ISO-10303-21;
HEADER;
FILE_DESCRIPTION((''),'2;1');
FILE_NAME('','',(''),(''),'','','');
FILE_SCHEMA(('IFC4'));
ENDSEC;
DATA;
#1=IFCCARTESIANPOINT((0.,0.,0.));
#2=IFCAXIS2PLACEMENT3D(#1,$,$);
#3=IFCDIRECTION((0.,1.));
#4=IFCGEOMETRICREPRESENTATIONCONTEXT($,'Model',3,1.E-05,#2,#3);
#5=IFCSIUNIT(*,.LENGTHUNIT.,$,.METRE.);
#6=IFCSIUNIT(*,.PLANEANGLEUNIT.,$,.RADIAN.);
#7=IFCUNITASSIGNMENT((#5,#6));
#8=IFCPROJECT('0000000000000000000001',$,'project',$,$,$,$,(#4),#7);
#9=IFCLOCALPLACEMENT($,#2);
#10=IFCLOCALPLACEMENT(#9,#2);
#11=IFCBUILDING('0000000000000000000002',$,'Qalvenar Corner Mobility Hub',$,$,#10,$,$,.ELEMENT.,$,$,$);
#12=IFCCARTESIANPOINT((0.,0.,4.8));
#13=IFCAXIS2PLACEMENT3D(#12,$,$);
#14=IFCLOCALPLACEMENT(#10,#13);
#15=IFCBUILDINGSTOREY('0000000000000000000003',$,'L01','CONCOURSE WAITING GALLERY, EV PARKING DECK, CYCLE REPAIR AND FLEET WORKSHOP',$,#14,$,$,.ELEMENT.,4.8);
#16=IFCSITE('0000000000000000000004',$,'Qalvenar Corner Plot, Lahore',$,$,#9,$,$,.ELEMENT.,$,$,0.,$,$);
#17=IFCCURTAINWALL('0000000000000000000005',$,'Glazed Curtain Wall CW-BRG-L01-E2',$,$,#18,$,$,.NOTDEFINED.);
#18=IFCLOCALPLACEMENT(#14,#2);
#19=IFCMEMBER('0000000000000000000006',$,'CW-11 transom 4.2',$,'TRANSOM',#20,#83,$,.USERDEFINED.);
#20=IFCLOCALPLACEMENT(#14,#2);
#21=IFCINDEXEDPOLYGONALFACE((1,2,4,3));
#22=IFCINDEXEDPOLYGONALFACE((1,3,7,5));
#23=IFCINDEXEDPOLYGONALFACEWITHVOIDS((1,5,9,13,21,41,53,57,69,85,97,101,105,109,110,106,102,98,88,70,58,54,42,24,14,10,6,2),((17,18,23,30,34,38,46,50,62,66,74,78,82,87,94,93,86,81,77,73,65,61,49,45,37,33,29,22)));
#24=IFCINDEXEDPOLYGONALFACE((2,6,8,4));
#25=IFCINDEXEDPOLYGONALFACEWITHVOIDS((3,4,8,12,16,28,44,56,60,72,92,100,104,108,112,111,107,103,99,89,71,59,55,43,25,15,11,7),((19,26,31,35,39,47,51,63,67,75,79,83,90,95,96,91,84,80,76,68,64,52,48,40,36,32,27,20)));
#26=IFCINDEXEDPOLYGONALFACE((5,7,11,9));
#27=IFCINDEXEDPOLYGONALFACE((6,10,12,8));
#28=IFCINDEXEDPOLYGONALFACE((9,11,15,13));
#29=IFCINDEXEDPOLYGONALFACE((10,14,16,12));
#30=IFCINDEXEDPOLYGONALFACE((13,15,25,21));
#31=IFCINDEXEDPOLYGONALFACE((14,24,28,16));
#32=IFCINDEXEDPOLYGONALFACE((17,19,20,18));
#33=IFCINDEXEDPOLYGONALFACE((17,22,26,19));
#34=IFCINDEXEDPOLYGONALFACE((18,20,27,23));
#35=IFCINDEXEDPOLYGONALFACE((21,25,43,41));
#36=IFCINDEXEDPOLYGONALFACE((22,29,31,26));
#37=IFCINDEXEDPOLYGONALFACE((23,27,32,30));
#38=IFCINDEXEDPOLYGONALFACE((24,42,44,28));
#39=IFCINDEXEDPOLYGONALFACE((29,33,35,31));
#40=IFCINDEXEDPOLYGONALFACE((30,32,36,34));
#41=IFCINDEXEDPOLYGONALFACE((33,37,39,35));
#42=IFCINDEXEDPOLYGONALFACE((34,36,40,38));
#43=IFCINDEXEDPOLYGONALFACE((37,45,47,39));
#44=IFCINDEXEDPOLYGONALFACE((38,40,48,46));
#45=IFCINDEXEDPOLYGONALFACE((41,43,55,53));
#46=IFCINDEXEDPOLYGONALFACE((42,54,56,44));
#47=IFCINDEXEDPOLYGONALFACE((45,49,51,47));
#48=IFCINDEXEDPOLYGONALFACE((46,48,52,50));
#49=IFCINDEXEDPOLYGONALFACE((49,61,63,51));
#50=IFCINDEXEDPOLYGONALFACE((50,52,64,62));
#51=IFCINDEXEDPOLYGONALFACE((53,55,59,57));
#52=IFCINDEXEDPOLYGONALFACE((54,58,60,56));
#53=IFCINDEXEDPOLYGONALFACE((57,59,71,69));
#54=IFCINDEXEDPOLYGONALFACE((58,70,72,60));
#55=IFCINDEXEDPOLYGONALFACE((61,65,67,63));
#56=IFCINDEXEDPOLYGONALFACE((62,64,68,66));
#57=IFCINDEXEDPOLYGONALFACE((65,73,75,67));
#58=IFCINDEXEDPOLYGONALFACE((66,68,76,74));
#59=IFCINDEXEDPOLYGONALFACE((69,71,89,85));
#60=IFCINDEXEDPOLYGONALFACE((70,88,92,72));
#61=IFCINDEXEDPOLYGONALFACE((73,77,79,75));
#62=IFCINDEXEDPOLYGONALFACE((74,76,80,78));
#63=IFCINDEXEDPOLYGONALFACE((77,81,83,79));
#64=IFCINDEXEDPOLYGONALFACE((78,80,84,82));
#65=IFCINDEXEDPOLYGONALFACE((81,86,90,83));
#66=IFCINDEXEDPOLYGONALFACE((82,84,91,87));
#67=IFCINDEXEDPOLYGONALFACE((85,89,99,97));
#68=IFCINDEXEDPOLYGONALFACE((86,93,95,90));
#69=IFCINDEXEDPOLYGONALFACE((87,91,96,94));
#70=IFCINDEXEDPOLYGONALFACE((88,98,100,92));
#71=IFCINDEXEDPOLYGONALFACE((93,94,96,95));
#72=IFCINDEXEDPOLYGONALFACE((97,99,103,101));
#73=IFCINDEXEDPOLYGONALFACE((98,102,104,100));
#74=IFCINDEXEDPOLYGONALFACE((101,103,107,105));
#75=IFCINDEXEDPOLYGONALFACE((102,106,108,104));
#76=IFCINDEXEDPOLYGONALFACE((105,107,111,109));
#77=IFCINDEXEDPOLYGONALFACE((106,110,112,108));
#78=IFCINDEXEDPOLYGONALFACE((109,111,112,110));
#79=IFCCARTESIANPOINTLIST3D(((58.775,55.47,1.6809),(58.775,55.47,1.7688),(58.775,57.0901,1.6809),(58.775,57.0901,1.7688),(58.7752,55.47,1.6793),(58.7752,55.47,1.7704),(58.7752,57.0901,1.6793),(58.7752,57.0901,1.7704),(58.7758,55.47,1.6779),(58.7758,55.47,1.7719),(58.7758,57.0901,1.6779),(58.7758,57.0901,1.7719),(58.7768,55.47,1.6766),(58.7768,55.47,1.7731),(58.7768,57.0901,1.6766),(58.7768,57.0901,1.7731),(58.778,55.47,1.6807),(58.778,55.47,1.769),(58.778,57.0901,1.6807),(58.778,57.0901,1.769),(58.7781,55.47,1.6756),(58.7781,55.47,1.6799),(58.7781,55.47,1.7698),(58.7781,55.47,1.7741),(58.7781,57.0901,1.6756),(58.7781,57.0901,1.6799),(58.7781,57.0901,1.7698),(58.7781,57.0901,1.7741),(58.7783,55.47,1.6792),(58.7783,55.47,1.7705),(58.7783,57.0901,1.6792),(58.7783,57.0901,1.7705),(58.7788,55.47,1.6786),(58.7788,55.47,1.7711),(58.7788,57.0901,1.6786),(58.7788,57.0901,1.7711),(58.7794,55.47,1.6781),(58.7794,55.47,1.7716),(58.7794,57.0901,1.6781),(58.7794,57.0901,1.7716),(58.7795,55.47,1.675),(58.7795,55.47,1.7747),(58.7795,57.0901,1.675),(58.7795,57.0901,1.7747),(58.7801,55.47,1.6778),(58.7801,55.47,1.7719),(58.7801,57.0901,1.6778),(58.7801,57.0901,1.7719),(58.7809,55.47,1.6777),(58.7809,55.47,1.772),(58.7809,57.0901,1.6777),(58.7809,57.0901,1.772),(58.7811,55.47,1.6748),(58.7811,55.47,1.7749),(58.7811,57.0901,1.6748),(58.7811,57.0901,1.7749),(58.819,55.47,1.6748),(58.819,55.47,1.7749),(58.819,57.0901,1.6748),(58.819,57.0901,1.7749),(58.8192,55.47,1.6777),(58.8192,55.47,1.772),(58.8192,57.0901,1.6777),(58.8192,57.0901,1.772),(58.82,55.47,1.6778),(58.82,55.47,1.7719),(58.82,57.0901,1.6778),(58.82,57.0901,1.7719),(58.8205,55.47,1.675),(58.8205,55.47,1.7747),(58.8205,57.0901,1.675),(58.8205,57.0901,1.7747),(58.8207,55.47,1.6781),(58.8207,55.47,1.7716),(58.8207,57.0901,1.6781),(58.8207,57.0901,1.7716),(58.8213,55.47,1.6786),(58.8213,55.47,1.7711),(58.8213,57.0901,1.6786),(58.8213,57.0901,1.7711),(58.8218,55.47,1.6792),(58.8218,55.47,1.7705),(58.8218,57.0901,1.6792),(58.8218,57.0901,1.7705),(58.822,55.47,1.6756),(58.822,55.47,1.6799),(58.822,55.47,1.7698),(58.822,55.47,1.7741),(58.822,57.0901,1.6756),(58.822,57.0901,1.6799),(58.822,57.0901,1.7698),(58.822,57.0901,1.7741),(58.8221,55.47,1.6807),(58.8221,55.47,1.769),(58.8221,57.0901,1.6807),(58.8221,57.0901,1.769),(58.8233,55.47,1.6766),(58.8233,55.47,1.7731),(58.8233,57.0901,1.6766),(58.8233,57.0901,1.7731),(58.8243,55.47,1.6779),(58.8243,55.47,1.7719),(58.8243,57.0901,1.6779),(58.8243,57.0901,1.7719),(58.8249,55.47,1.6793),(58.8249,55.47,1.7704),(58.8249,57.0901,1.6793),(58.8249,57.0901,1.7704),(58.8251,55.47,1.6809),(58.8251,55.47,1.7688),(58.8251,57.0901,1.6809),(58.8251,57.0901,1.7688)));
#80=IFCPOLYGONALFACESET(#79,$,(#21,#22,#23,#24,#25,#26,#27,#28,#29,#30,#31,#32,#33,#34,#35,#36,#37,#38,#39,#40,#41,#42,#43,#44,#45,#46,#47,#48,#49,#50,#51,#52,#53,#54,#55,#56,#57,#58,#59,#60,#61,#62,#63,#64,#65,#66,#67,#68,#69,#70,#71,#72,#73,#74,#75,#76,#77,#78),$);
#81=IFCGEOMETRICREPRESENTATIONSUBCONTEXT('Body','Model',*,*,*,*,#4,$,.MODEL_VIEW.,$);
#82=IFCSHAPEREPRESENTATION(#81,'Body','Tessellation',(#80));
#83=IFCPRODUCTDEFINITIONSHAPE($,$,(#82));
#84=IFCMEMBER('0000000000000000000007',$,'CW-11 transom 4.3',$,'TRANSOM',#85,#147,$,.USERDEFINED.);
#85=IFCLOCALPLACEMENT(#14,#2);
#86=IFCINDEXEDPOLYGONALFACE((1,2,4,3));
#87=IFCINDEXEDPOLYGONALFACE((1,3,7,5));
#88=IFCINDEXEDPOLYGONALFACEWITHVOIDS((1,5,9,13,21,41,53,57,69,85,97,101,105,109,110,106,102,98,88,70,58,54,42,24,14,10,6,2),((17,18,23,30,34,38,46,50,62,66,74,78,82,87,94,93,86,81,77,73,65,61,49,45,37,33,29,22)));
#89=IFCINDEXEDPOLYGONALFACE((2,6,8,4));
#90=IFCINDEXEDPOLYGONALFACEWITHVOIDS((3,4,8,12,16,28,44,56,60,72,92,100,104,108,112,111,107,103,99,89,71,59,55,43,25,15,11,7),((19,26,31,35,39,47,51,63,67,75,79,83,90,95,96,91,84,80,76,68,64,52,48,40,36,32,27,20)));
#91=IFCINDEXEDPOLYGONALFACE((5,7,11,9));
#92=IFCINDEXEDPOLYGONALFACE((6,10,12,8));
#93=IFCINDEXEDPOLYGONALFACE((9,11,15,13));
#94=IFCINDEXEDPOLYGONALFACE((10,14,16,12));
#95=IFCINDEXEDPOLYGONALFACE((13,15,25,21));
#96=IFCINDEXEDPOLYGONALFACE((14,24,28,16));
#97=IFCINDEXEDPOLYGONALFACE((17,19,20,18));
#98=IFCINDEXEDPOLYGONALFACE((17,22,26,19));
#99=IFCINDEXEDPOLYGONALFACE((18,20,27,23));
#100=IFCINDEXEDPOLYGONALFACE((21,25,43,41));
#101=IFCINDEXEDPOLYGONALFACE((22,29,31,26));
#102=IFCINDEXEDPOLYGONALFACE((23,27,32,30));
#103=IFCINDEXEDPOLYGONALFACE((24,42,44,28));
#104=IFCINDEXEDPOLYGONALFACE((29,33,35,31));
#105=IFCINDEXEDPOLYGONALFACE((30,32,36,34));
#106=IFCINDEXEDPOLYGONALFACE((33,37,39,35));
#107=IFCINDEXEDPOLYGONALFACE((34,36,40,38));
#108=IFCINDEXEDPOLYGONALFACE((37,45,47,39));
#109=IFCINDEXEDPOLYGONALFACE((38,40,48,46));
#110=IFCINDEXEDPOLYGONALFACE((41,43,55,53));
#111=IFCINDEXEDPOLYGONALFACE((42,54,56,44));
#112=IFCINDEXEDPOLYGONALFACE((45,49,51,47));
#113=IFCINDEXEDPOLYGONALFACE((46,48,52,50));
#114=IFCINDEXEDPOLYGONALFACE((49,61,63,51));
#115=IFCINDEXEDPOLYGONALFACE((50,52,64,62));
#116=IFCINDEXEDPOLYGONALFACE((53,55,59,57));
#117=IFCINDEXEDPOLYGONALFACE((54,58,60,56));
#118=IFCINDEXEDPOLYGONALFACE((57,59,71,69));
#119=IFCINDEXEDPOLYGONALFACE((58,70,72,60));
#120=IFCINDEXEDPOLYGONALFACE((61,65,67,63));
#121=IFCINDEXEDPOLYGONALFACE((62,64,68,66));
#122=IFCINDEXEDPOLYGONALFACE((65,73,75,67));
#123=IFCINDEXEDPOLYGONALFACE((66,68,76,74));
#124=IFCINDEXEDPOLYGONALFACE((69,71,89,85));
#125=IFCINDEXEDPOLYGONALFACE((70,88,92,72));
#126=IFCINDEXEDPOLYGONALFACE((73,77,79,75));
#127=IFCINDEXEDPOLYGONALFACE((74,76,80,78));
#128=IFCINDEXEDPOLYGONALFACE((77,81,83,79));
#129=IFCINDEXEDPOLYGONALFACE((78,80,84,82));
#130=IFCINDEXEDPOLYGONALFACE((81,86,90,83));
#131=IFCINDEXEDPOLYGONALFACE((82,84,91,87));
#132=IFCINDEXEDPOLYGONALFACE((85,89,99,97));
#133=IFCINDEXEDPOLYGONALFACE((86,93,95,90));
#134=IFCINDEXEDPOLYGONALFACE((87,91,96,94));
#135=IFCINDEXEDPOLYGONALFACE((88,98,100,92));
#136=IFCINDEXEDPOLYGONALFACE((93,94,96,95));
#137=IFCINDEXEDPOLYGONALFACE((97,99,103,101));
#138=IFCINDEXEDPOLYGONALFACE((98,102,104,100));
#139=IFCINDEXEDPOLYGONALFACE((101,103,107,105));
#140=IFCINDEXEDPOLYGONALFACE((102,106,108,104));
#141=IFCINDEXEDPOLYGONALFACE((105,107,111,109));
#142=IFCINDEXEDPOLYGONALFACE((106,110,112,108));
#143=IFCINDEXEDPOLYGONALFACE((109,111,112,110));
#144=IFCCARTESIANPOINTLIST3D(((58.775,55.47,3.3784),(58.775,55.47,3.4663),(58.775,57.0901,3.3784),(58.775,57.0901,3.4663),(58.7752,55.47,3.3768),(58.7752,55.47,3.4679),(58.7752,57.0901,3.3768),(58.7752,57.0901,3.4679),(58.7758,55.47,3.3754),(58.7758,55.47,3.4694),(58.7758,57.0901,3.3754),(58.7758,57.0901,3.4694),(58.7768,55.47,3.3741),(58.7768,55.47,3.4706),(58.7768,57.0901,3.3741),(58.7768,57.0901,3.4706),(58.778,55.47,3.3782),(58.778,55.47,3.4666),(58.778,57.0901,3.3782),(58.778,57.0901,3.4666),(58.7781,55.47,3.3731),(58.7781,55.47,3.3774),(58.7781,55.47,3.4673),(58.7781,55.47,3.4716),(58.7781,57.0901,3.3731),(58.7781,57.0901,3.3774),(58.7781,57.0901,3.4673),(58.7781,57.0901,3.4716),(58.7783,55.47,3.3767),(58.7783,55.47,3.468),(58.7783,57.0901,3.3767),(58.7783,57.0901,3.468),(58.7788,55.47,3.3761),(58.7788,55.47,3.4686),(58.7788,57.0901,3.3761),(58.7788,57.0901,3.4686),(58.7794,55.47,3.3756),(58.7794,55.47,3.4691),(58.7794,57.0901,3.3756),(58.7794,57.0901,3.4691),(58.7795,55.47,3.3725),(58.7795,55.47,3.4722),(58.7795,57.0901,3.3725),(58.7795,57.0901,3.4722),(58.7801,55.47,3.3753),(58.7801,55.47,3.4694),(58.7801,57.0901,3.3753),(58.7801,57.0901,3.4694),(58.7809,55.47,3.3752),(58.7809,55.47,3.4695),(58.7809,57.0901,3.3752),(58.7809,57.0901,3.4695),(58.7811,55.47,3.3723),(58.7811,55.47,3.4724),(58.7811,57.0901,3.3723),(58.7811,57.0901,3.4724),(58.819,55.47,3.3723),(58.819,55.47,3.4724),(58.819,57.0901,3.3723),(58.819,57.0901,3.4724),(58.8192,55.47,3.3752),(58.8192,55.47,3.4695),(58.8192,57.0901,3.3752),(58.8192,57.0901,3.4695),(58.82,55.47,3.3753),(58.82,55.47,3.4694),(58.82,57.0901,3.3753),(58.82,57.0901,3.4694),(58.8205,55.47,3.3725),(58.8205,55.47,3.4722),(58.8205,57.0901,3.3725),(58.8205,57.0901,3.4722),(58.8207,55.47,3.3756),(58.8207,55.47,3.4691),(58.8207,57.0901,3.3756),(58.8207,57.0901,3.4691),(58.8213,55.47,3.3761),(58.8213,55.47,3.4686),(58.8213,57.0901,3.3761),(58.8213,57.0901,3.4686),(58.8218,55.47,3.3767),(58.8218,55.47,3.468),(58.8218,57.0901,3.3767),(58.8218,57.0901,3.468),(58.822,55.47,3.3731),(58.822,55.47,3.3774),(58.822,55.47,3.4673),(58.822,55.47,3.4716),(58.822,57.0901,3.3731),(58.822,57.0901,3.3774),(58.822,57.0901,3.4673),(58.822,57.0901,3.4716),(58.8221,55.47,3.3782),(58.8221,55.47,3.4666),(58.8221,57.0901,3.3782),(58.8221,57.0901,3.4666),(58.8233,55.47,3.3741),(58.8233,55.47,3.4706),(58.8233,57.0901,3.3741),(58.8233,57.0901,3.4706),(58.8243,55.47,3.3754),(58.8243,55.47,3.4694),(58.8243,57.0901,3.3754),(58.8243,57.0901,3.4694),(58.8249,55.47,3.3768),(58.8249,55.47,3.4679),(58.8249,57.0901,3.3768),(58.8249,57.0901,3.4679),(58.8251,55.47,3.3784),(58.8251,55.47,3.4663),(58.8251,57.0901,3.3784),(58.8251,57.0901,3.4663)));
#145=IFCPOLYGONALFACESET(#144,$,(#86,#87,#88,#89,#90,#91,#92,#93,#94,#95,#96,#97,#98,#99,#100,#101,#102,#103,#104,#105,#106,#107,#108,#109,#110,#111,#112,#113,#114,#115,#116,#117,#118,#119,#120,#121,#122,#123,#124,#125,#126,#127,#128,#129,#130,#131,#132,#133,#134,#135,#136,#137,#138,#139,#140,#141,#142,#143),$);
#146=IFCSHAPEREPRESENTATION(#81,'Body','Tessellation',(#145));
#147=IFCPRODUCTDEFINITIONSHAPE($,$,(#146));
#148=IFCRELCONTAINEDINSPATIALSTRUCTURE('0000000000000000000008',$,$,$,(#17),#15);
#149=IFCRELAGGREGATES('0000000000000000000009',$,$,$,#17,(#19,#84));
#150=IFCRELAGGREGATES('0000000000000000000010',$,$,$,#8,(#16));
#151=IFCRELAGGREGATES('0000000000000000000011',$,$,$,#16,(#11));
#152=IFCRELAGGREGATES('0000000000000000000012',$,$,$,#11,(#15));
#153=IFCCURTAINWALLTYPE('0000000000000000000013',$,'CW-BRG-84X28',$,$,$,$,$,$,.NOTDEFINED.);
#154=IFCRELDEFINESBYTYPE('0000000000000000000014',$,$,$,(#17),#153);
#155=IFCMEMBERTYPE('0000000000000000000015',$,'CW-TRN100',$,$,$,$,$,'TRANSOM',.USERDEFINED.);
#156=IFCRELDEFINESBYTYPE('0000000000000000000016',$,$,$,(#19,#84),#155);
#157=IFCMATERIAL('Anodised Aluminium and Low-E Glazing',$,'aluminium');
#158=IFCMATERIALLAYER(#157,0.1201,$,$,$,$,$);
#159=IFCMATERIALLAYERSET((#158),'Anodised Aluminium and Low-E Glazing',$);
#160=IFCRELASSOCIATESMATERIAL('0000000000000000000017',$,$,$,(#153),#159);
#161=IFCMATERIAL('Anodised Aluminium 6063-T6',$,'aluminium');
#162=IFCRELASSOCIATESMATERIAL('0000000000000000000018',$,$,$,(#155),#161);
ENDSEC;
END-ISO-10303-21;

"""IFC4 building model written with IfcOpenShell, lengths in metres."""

from ifc_helpers import new_model, si_unit, direction, frame, origin, origin_2d, place, context, subcontext, project, spatial, hollow_rectangle, extrude, material, layer, layer_set, material_profile, profile_set, type_object, element, aggregate, save


model = new_model("IFC4")

# Units and contexts
model_context = context("Model", 3, precision=1e-05, world=origin(), true_north=direction((0.0, 1.0)))
body_context = subcontext(model_context, "Body", "Model", "MODEL_VIEW")
ifc_project = project(units=[si_unit("LENGTHUNIT", "METRE"), si_unit("PLANEANGLEUNIT", "RADIAN")], contexts=[model_context])

# Site, building, storey
site_placement = place(None, origin())
site = spatial("IfcSite", under=ifc_project, at=site_placement, Name="Qalvenar Corner Plot, Lahore", CompositionType="ELEMENT", RefElevation=0.0)
building_placement = place(site_placement, origin())
building = spatial("IfcBuilding", under=site, at=building_placement, Name="Qalvenar Corner Mobility Hub", CompositionType="ELEMENT")
storey_placement = place(building_placement, frame((0.0, 0.0, 4.8)))
storey = spatial("IfcBuildingStorey", under=building, at=storey_placement, Name="L01", Description="CONCOURSE WAITING GALLERY, EV PARKING DECK, CYCLE REPAIR AND FLEET WORKSHOP", CompositionType="ELEMENT", Elevation=4.8)

# Curtain wall, members
ifc_material_1 = material(Name="Anodised Aluminium and Low-E Glazing", Category="aluminium")
ifc_layer_1 = layer(ifc_material_1, 0.1201)
ifc_layer_set_1 = layer_set([ifc_layer_1], Name="Anodised Aluminium and Low-E Glazing")
curtain_wall_type = type_object("IfcCurtainWallType", Name="CW-BRG-84X28", PredefinedType="NOTDEFINED", material=ifc_layer_set_1)
curtain_wall_placement = place(storey_placement, origin())
curtain_wall = element("IfcCurtainWall", 1, at=curtain_wall_placement, inside=storey, type_object=curtain_wall_type, Name="Glazed Curtain Wall CW-BRG-L01-E2", PredefinedType="NOTDEFINED")
ifc_material_2 = material(Name="Anodised Aluminium 6063-T6", Category="aluminium")
ifc_material_profile_1 = material_profile(ifc_material_2, hollow_rectangle(XDim=0.05, YDim=0.1001, WallThickness=0.0029, InnerFilletRadius=0.0029, OuterFilletRadius=0.0061, at=origin_2d()), Name="RHS100x50x3")
ifc_profile_set_1 = profile_set([ifc_material_profile_1], Name="Anodised Aluminium 6063-T6")
member_type_1 = type_object("IfcMemberType", Name="CW-TRN100", ElementType="TRANSOM", PredefinedType="USERDEFINED", material=ifc_profile_set_1)
member_1_placement = place(storey_placement, frame((58.8, 55.47, 1.7249), z_axis=(0.0, 1.0, 0.0), x_axis=(-1.0, 0.0, 0.0)))
member_1 = element("IfcMember", 2, at=member_1_placement, type_object=member_type_1, Name="CW-11 transom 4.2", ObjectType="TRANSOM", PredefinedType="USERDEFINED", context=body_context, shape_type="SweptSolid", body=[
    extrude(hollow_rectangle(XDim=0.05, YDim=0.1001, WallThickness=0.0029, InnerFilletRadius=0.0029, OuterFilletRadius=0.0061, at=origin_2d()), origin(), (0.0, 0.0, 1.0), 1.6201),
])
member_2_placement = place(storey_placement, frame((58.8, 55.47, 3.4224), z_axis=(0.0, 1.0, 0.0), x_axis=(-1.0, 0.0, 0.0)))
member_2 = element("IfcMember", 3, at=member_2_placement, type_object=member_type_1, Name="CW-11 transom 4.3", ObjectType="TRANSOM", PredefinedType="USERDEFINED", context=body_context, shape_type="SweptSolid", body=[
    extrude(hollow_rectangle(XDim=0.05, YDim=0.1001, WallThickness=0.0029, InnerFilletRadius=0.0029, OuterFilletRadius=0.0061, at=origin_2d()), origin(), (0.0, 0.0, 1.0), 1.6201),
])
aggregate(curtain_wall, [member_1, member_2])

save(model, "model.ifc")
